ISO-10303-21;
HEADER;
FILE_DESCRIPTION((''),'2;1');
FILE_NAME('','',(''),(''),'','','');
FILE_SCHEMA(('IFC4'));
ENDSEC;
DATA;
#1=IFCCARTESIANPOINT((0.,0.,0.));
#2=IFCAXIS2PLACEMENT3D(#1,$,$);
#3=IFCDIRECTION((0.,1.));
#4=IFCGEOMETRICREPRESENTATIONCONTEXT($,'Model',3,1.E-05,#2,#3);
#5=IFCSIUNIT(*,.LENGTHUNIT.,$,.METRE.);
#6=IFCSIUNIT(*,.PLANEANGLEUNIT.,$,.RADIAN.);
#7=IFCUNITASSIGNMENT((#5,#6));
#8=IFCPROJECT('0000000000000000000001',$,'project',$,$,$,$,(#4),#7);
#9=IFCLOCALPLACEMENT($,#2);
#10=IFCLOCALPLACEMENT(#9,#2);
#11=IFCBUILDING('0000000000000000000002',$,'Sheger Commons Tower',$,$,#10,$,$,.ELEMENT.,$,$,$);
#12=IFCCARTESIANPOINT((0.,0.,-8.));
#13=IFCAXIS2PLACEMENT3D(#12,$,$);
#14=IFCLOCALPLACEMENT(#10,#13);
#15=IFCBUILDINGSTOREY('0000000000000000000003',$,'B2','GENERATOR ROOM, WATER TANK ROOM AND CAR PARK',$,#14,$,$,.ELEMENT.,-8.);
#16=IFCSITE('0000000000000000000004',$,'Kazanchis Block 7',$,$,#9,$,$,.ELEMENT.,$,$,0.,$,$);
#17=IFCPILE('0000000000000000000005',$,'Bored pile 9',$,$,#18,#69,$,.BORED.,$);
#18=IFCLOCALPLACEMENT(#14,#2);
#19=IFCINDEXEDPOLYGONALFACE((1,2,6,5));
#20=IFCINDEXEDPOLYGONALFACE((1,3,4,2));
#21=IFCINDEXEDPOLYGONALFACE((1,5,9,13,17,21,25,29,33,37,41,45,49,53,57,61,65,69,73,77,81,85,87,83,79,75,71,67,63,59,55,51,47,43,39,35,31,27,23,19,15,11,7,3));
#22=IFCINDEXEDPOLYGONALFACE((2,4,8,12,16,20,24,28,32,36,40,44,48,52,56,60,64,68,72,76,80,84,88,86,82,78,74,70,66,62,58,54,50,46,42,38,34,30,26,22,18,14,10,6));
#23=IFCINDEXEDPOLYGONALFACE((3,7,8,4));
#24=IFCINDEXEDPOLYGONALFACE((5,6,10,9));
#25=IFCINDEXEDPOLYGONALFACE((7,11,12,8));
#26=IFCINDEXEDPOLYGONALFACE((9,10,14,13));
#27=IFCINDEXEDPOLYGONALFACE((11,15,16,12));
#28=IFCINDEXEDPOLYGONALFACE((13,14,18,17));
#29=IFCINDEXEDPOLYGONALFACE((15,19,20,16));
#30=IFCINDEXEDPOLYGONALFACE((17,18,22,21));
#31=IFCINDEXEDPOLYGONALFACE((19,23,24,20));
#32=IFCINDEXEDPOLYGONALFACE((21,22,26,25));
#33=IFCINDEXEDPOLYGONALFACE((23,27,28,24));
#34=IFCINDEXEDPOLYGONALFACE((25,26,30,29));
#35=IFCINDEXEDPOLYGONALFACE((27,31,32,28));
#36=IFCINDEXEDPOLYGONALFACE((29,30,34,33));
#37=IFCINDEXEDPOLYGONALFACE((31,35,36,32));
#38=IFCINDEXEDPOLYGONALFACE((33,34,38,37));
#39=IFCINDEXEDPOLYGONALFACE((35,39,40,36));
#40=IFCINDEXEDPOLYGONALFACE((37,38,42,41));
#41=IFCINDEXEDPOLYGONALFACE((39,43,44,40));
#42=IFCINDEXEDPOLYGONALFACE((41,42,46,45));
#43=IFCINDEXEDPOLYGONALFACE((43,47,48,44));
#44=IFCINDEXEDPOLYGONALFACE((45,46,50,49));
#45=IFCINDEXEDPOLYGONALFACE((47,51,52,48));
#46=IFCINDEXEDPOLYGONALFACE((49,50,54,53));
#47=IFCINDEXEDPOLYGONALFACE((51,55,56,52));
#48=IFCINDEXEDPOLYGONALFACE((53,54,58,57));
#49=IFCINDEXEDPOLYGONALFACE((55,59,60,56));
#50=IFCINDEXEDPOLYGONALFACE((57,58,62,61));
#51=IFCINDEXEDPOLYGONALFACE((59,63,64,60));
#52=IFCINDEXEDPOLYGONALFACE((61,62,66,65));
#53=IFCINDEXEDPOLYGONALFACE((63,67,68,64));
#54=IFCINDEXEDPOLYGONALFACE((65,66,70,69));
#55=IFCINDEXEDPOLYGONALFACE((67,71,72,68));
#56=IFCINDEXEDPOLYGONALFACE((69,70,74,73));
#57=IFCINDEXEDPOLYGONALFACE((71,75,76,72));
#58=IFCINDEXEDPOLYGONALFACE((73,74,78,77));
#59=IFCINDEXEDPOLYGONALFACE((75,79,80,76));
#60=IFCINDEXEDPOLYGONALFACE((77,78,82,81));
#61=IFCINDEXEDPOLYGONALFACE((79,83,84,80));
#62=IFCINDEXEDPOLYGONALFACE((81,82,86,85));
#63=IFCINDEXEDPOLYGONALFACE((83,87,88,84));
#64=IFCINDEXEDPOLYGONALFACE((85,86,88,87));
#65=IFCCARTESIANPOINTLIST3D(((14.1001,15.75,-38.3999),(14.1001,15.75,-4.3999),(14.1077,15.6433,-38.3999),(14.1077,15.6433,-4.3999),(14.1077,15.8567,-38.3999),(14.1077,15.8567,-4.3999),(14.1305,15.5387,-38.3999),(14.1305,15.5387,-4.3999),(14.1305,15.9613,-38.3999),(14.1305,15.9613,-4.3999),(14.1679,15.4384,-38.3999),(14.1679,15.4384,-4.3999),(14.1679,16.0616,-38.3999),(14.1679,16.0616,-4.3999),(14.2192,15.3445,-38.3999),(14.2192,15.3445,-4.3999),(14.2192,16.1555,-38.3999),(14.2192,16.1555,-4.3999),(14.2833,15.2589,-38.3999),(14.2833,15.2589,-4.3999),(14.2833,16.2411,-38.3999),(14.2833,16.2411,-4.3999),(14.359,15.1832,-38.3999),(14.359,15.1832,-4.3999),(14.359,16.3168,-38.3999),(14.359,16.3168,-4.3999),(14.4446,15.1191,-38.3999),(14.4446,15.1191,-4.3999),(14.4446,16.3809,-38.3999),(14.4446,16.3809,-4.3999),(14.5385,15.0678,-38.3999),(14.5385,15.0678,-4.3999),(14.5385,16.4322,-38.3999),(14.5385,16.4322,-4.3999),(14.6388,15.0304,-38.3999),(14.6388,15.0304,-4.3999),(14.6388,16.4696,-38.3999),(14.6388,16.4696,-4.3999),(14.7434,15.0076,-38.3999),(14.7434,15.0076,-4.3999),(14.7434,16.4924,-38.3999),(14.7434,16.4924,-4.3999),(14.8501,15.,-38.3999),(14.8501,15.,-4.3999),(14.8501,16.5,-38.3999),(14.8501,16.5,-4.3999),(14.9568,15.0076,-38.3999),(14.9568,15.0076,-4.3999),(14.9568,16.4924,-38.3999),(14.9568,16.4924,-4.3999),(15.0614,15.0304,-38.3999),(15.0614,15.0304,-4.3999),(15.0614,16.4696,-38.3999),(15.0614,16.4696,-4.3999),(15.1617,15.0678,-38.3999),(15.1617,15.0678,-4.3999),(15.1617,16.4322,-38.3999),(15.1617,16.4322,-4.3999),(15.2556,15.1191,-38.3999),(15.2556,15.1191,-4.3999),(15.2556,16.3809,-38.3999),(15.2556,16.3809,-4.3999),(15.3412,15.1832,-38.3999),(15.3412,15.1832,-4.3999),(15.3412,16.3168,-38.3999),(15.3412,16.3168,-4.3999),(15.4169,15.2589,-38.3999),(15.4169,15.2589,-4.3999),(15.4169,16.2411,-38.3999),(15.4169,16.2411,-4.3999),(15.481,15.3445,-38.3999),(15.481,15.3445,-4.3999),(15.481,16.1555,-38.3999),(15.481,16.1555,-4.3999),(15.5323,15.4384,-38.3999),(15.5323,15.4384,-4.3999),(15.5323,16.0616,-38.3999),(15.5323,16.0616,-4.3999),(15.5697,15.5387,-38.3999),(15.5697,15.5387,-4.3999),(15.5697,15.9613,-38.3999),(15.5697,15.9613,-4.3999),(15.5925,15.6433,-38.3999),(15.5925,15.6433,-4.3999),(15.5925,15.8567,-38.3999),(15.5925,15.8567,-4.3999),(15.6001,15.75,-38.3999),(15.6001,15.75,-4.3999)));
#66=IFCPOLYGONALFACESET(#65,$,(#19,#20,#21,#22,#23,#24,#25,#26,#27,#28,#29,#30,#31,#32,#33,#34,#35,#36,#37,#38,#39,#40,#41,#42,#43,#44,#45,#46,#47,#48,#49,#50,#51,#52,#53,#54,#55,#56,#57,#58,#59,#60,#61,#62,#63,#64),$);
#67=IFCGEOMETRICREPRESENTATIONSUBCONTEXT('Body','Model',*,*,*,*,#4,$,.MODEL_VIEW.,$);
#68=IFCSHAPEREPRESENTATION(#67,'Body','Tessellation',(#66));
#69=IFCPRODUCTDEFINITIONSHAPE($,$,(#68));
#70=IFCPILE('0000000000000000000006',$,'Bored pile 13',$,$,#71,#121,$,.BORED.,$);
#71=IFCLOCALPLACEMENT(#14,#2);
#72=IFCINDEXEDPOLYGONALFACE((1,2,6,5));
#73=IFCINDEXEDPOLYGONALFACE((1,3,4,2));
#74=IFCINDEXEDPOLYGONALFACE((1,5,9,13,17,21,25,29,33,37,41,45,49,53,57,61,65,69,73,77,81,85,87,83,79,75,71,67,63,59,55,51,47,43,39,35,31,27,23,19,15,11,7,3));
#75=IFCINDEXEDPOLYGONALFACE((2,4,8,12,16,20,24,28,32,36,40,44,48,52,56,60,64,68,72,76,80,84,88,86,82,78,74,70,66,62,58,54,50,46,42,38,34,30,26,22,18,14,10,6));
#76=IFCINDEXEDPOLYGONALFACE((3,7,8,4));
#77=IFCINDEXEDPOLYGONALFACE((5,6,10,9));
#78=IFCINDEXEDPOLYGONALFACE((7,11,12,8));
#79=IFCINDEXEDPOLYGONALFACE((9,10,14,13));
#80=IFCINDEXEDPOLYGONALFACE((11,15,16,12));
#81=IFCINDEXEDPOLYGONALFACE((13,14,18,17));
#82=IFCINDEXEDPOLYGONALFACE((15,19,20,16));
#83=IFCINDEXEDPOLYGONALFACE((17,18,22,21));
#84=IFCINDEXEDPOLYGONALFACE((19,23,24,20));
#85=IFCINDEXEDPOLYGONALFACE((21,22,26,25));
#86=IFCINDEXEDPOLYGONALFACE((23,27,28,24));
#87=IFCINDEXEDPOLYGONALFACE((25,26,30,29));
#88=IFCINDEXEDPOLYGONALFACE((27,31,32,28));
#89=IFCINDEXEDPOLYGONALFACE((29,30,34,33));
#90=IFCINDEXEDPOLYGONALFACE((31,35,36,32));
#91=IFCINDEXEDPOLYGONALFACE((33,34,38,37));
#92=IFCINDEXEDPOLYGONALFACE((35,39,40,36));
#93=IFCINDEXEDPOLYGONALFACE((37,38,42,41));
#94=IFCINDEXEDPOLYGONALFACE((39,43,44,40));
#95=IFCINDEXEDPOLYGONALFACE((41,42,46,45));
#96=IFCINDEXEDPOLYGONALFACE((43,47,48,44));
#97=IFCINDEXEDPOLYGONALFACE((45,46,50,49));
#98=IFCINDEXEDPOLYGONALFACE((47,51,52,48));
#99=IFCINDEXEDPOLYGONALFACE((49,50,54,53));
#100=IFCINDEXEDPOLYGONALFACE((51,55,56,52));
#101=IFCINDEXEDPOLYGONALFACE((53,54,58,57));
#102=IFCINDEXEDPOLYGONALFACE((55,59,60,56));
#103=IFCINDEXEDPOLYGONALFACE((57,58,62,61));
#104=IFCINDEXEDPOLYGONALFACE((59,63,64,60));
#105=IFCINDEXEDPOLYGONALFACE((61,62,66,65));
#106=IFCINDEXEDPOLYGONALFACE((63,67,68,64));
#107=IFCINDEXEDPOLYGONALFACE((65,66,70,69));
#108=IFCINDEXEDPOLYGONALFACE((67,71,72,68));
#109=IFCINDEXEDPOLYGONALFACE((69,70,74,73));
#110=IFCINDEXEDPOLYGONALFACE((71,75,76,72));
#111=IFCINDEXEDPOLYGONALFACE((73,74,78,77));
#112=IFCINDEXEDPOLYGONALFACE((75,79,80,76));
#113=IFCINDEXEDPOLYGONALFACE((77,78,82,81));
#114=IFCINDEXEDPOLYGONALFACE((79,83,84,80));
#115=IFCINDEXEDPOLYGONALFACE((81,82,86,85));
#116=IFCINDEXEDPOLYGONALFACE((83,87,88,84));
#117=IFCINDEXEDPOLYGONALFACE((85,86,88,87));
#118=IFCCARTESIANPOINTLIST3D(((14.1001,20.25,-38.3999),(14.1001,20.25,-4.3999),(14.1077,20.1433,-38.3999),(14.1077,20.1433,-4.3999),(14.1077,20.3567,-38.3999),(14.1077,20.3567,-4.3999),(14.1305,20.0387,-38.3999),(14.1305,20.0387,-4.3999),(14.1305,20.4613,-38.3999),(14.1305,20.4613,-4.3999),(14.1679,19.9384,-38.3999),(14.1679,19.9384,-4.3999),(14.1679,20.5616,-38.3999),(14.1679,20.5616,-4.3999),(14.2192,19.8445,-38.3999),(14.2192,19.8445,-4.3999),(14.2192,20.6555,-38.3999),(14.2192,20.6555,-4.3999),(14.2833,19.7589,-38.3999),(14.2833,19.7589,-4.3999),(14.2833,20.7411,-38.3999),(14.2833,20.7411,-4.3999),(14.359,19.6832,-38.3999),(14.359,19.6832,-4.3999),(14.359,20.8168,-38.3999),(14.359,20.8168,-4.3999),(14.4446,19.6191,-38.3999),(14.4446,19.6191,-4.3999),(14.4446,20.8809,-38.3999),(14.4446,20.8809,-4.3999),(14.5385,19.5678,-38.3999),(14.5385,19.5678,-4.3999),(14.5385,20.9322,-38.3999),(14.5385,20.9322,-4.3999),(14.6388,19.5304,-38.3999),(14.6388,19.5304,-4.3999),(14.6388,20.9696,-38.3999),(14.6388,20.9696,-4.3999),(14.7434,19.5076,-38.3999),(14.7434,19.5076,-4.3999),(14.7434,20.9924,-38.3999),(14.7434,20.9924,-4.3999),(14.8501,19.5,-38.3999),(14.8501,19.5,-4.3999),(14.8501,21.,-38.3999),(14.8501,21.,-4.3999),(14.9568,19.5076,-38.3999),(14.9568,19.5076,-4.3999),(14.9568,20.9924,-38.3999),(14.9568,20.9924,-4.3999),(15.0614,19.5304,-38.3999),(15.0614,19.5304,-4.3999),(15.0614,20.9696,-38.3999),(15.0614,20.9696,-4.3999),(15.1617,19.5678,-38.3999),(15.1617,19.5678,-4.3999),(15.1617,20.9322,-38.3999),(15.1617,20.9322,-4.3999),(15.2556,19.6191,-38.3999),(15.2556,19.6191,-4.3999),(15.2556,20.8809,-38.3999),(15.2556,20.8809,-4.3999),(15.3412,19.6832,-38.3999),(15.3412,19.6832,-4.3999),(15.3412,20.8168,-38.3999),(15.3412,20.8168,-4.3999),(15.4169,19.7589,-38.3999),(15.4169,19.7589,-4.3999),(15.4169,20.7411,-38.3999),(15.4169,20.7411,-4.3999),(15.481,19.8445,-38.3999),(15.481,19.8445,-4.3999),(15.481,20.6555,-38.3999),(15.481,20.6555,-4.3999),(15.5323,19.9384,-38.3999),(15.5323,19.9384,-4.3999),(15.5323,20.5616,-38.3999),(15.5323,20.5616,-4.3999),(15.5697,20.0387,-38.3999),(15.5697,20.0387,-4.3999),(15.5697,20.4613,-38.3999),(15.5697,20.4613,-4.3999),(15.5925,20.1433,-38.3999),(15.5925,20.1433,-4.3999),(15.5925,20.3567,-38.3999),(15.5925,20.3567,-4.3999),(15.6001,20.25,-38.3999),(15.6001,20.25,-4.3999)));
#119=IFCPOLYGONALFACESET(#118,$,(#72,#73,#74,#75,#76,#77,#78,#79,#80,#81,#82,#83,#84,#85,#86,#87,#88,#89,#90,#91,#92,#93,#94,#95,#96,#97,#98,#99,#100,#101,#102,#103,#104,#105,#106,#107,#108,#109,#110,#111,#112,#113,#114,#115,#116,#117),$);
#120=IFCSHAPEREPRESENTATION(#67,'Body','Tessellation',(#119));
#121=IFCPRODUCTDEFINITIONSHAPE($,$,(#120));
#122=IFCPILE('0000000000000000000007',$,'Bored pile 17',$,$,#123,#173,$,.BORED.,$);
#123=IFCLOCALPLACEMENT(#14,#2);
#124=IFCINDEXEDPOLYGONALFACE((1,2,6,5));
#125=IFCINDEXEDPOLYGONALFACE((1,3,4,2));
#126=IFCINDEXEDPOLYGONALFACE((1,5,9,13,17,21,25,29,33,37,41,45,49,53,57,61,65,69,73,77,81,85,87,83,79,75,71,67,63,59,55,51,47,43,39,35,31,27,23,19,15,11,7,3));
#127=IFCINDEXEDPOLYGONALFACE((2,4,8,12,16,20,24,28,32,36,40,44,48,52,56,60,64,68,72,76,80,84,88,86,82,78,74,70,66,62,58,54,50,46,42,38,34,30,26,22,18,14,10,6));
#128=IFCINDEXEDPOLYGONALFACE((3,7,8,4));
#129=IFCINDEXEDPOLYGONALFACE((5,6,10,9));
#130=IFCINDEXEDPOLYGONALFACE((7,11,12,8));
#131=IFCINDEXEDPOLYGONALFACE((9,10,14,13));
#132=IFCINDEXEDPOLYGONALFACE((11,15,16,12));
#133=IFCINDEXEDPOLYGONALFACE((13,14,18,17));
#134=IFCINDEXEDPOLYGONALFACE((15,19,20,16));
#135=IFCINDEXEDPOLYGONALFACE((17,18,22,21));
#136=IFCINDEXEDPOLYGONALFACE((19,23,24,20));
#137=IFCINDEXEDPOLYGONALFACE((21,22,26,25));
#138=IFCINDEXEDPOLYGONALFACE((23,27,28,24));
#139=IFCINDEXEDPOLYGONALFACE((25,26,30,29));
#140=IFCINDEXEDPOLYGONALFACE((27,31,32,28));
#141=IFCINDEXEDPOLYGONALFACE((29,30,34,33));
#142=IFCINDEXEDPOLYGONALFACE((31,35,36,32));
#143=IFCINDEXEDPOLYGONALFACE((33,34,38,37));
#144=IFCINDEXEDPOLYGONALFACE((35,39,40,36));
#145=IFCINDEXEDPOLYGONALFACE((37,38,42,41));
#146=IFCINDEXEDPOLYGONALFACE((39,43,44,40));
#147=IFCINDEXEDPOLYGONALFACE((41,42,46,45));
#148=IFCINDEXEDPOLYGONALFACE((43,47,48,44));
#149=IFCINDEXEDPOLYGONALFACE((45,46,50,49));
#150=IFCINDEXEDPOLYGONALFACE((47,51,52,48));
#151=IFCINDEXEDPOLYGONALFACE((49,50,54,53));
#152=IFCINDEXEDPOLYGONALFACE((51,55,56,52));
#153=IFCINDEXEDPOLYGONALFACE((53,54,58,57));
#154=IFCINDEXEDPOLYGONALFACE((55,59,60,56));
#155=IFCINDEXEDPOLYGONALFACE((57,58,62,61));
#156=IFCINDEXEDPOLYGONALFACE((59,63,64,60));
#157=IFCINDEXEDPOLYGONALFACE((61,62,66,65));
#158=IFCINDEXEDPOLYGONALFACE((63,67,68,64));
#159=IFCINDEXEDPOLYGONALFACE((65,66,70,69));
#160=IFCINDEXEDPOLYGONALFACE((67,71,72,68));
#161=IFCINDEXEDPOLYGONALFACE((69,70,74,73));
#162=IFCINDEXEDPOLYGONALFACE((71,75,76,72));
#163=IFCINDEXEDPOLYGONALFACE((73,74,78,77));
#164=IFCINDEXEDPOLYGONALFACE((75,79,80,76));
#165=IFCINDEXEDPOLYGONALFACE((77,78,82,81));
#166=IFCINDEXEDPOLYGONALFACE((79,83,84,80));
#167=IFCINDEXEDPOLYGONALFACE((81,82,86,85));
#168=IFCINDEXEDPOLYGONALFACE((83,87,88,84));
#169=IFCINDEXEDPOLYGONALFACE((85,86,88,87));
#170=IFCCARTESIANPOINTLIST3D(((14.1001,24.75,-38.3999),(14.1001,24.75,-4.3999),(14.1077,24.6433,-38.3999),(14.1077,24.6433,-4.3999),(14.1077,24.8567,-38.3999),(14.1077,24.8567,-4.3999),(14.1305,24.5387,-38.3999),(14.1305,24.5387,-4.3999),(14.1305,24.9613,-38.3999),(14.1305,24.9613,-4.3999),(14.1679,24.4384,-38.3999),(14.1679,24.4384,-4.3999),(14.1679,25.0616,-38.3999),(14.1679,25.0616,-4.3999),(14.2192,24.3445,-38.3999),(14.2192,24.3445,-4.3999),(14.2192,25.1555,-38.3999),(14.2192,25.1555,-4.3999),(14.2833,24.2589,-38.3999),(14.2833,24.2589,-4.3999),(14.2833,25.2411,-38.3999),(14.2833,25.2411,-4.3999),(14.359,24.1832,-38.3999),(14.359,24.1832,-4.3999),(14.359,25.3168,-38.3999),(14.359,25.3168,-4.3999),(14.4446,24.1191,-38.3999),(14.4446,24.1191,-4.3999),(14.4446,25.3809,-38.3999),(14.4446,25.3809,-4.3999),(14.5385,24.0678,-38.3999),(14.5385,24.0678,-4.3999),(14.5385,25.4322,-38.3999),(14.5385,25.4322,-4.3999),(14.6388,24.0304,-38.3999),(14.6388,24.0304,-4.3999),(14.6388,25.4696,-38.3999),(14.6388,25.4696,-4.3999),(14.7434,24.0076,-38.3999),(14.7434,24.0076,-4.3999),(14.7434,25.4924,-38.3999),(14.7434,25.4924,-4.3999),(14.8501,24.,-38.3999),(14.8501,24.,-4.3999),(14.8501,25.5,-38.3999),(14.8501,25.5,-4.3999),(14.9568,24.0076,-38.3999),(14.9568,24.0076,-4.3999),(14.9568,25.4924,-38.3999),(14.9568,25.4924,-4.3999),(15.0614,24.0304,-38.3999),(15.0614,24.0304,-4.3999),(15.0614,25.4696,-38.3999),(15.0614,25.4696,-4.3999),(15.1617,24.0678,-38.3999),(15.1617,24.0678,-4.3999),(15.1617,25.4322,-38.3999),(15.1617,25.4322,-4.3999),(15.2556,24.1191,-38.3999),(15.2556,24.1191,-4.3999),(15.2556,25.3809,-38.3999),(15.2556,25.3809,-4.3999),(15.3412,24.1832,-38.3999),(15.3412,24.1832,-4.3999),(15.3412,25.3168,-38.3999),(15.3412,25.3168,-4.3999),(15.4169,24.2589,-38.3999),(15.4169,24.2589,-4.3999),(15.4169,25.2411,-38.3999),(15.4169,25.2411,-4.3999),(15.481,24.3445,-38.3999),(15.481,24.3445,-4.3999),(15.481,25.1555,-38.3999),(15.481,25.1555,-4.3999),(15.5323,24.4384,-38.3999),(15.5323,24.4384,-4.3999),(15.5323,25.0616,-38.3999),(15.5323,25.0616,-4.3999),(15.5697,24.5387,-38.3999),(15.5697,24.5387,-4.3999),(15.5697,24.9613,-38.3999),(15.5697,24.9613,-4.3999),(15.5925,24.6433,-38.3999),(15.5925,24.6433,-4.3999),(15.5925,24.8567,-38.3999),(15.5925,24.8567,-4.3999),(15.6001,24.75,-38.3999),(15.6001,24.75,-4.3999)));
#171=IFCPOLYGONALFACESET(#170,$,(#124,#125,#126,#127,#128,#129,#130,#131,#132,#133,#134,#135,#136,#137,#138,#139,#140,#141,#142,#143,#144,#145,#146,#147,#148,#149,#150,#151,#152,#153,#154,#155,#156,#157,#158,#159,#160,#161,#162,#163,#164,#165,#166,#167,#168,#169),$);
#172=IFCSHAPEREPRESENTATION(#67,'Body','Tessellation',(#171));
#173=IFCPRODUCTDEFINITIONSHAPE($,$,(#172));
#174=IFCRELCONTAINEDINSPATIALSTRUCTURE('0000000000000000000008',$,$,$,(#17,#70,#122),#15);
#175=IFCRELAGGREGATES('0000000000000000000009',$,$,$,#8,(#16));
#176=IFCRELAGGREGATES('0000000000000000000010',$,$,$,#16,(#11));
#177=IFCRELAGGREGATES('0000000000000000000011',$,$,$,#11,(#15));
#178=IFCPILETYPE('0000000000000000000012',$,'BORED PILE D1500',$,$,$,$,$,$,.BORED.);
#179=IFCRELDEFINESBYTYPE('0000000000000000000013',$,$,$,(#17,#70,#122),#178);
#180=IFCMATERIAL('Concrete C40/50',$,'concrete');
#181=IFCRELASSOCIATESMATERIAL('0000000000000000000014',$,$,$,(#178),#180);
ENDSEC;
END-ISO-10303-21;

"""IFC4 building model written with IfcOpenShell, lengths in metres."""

from ifc_helpers import new_model, si_unit, direction, frame, origin, origin_2d, place, context, subcontext, project, spatial, circle, extrude, material, material_profile, profile_set, type_object, element, save


model = new_model("IFC4")

# Units and contexts
model_context = context("Model", 3, precision=1e-05, world=origin(), true_north=direction((0.0, 1.0)))
body_context = subcontext(model_context, "Body", "Model", "MODEL_VIEW")
ifc_project = project(units=[si_unit("LENGTHUNIT", "METRE"), si_unit("PLANEANGLEUNIT", "RADIAN")], contexts=[model_context])

# Site, building, storey
site_placement = place(None, origin())
site = spatial("IfcSite", under=ifc_project, at=site_placement, Name="Kazanchis Block 7", CompositionType="ELEMENT", RefElevation=0.0)
building_placement = place(site_placement, origin())
building = spatial("IfcBuilding", under=site, at=building_placement, Name="Sheger Commons Tower", CompositionType="ELEMENT")
storey_placement = place(building_placement, frame((0.0, 0.0, -8.0)))
storey = spatial("IfcBuildingStorey", under=building, at=storey_placement, Name="B2", Description="GENERATOR ROOM, WATER TANK ROOM AND CAR PARK", CompositionType="ELEMENT", Elevation=-8.0)

# Piles
ifc_material_1 = material(Name="Concrete C40/50", Category="concrete")
ifc_material_profile_1 = material_profile(ifc_material_1, circle(Radius=0.75, at=origin_2d()), Name="PILE D1500")
ifc_profile_set_1 = profile_set([ifc_material_profile_1], Name="Concrete C40/50")
pile_type_1 = type_object("IfcPileType", Name="BORED PILE D1500", PredefinedType="BORED", material=ifc_profile_set_1)
for number, where, z_axis, x_axis, name in (
    (1, (14.8501, 15.75, -4.3999), (0.0, 0.0, -1.0), (1.0, 0.0, 0.0), "Bored pile 9"),
    (2, (14.8501, 20.25, -4.3999), (0.0, 0.0, -1.0), (1.0, 0.0, 0.0), "Bored pile 13"),
    (3, (14.8501, 24.75, -4.3999), (0.0, 0.0, -1.0), (1.0, 0.0, 0.0), "Bored pile 17"),
):
    element("IfcPile", number, at=place(storey_placement, frame(where, z_axis=z_axis, x_axis=x_axis)), inside=storey, type_object=pile_type_1, Name=name, PredefinedType="BORED", context=body_context, shape_type="SweptSolid", body=[
        extrude(circle(Radius=0.75, at=origin_2d()), origin(), (0.0, 0.0, 1.0), 34.0),
    ])

save(model, "model.ifc")
